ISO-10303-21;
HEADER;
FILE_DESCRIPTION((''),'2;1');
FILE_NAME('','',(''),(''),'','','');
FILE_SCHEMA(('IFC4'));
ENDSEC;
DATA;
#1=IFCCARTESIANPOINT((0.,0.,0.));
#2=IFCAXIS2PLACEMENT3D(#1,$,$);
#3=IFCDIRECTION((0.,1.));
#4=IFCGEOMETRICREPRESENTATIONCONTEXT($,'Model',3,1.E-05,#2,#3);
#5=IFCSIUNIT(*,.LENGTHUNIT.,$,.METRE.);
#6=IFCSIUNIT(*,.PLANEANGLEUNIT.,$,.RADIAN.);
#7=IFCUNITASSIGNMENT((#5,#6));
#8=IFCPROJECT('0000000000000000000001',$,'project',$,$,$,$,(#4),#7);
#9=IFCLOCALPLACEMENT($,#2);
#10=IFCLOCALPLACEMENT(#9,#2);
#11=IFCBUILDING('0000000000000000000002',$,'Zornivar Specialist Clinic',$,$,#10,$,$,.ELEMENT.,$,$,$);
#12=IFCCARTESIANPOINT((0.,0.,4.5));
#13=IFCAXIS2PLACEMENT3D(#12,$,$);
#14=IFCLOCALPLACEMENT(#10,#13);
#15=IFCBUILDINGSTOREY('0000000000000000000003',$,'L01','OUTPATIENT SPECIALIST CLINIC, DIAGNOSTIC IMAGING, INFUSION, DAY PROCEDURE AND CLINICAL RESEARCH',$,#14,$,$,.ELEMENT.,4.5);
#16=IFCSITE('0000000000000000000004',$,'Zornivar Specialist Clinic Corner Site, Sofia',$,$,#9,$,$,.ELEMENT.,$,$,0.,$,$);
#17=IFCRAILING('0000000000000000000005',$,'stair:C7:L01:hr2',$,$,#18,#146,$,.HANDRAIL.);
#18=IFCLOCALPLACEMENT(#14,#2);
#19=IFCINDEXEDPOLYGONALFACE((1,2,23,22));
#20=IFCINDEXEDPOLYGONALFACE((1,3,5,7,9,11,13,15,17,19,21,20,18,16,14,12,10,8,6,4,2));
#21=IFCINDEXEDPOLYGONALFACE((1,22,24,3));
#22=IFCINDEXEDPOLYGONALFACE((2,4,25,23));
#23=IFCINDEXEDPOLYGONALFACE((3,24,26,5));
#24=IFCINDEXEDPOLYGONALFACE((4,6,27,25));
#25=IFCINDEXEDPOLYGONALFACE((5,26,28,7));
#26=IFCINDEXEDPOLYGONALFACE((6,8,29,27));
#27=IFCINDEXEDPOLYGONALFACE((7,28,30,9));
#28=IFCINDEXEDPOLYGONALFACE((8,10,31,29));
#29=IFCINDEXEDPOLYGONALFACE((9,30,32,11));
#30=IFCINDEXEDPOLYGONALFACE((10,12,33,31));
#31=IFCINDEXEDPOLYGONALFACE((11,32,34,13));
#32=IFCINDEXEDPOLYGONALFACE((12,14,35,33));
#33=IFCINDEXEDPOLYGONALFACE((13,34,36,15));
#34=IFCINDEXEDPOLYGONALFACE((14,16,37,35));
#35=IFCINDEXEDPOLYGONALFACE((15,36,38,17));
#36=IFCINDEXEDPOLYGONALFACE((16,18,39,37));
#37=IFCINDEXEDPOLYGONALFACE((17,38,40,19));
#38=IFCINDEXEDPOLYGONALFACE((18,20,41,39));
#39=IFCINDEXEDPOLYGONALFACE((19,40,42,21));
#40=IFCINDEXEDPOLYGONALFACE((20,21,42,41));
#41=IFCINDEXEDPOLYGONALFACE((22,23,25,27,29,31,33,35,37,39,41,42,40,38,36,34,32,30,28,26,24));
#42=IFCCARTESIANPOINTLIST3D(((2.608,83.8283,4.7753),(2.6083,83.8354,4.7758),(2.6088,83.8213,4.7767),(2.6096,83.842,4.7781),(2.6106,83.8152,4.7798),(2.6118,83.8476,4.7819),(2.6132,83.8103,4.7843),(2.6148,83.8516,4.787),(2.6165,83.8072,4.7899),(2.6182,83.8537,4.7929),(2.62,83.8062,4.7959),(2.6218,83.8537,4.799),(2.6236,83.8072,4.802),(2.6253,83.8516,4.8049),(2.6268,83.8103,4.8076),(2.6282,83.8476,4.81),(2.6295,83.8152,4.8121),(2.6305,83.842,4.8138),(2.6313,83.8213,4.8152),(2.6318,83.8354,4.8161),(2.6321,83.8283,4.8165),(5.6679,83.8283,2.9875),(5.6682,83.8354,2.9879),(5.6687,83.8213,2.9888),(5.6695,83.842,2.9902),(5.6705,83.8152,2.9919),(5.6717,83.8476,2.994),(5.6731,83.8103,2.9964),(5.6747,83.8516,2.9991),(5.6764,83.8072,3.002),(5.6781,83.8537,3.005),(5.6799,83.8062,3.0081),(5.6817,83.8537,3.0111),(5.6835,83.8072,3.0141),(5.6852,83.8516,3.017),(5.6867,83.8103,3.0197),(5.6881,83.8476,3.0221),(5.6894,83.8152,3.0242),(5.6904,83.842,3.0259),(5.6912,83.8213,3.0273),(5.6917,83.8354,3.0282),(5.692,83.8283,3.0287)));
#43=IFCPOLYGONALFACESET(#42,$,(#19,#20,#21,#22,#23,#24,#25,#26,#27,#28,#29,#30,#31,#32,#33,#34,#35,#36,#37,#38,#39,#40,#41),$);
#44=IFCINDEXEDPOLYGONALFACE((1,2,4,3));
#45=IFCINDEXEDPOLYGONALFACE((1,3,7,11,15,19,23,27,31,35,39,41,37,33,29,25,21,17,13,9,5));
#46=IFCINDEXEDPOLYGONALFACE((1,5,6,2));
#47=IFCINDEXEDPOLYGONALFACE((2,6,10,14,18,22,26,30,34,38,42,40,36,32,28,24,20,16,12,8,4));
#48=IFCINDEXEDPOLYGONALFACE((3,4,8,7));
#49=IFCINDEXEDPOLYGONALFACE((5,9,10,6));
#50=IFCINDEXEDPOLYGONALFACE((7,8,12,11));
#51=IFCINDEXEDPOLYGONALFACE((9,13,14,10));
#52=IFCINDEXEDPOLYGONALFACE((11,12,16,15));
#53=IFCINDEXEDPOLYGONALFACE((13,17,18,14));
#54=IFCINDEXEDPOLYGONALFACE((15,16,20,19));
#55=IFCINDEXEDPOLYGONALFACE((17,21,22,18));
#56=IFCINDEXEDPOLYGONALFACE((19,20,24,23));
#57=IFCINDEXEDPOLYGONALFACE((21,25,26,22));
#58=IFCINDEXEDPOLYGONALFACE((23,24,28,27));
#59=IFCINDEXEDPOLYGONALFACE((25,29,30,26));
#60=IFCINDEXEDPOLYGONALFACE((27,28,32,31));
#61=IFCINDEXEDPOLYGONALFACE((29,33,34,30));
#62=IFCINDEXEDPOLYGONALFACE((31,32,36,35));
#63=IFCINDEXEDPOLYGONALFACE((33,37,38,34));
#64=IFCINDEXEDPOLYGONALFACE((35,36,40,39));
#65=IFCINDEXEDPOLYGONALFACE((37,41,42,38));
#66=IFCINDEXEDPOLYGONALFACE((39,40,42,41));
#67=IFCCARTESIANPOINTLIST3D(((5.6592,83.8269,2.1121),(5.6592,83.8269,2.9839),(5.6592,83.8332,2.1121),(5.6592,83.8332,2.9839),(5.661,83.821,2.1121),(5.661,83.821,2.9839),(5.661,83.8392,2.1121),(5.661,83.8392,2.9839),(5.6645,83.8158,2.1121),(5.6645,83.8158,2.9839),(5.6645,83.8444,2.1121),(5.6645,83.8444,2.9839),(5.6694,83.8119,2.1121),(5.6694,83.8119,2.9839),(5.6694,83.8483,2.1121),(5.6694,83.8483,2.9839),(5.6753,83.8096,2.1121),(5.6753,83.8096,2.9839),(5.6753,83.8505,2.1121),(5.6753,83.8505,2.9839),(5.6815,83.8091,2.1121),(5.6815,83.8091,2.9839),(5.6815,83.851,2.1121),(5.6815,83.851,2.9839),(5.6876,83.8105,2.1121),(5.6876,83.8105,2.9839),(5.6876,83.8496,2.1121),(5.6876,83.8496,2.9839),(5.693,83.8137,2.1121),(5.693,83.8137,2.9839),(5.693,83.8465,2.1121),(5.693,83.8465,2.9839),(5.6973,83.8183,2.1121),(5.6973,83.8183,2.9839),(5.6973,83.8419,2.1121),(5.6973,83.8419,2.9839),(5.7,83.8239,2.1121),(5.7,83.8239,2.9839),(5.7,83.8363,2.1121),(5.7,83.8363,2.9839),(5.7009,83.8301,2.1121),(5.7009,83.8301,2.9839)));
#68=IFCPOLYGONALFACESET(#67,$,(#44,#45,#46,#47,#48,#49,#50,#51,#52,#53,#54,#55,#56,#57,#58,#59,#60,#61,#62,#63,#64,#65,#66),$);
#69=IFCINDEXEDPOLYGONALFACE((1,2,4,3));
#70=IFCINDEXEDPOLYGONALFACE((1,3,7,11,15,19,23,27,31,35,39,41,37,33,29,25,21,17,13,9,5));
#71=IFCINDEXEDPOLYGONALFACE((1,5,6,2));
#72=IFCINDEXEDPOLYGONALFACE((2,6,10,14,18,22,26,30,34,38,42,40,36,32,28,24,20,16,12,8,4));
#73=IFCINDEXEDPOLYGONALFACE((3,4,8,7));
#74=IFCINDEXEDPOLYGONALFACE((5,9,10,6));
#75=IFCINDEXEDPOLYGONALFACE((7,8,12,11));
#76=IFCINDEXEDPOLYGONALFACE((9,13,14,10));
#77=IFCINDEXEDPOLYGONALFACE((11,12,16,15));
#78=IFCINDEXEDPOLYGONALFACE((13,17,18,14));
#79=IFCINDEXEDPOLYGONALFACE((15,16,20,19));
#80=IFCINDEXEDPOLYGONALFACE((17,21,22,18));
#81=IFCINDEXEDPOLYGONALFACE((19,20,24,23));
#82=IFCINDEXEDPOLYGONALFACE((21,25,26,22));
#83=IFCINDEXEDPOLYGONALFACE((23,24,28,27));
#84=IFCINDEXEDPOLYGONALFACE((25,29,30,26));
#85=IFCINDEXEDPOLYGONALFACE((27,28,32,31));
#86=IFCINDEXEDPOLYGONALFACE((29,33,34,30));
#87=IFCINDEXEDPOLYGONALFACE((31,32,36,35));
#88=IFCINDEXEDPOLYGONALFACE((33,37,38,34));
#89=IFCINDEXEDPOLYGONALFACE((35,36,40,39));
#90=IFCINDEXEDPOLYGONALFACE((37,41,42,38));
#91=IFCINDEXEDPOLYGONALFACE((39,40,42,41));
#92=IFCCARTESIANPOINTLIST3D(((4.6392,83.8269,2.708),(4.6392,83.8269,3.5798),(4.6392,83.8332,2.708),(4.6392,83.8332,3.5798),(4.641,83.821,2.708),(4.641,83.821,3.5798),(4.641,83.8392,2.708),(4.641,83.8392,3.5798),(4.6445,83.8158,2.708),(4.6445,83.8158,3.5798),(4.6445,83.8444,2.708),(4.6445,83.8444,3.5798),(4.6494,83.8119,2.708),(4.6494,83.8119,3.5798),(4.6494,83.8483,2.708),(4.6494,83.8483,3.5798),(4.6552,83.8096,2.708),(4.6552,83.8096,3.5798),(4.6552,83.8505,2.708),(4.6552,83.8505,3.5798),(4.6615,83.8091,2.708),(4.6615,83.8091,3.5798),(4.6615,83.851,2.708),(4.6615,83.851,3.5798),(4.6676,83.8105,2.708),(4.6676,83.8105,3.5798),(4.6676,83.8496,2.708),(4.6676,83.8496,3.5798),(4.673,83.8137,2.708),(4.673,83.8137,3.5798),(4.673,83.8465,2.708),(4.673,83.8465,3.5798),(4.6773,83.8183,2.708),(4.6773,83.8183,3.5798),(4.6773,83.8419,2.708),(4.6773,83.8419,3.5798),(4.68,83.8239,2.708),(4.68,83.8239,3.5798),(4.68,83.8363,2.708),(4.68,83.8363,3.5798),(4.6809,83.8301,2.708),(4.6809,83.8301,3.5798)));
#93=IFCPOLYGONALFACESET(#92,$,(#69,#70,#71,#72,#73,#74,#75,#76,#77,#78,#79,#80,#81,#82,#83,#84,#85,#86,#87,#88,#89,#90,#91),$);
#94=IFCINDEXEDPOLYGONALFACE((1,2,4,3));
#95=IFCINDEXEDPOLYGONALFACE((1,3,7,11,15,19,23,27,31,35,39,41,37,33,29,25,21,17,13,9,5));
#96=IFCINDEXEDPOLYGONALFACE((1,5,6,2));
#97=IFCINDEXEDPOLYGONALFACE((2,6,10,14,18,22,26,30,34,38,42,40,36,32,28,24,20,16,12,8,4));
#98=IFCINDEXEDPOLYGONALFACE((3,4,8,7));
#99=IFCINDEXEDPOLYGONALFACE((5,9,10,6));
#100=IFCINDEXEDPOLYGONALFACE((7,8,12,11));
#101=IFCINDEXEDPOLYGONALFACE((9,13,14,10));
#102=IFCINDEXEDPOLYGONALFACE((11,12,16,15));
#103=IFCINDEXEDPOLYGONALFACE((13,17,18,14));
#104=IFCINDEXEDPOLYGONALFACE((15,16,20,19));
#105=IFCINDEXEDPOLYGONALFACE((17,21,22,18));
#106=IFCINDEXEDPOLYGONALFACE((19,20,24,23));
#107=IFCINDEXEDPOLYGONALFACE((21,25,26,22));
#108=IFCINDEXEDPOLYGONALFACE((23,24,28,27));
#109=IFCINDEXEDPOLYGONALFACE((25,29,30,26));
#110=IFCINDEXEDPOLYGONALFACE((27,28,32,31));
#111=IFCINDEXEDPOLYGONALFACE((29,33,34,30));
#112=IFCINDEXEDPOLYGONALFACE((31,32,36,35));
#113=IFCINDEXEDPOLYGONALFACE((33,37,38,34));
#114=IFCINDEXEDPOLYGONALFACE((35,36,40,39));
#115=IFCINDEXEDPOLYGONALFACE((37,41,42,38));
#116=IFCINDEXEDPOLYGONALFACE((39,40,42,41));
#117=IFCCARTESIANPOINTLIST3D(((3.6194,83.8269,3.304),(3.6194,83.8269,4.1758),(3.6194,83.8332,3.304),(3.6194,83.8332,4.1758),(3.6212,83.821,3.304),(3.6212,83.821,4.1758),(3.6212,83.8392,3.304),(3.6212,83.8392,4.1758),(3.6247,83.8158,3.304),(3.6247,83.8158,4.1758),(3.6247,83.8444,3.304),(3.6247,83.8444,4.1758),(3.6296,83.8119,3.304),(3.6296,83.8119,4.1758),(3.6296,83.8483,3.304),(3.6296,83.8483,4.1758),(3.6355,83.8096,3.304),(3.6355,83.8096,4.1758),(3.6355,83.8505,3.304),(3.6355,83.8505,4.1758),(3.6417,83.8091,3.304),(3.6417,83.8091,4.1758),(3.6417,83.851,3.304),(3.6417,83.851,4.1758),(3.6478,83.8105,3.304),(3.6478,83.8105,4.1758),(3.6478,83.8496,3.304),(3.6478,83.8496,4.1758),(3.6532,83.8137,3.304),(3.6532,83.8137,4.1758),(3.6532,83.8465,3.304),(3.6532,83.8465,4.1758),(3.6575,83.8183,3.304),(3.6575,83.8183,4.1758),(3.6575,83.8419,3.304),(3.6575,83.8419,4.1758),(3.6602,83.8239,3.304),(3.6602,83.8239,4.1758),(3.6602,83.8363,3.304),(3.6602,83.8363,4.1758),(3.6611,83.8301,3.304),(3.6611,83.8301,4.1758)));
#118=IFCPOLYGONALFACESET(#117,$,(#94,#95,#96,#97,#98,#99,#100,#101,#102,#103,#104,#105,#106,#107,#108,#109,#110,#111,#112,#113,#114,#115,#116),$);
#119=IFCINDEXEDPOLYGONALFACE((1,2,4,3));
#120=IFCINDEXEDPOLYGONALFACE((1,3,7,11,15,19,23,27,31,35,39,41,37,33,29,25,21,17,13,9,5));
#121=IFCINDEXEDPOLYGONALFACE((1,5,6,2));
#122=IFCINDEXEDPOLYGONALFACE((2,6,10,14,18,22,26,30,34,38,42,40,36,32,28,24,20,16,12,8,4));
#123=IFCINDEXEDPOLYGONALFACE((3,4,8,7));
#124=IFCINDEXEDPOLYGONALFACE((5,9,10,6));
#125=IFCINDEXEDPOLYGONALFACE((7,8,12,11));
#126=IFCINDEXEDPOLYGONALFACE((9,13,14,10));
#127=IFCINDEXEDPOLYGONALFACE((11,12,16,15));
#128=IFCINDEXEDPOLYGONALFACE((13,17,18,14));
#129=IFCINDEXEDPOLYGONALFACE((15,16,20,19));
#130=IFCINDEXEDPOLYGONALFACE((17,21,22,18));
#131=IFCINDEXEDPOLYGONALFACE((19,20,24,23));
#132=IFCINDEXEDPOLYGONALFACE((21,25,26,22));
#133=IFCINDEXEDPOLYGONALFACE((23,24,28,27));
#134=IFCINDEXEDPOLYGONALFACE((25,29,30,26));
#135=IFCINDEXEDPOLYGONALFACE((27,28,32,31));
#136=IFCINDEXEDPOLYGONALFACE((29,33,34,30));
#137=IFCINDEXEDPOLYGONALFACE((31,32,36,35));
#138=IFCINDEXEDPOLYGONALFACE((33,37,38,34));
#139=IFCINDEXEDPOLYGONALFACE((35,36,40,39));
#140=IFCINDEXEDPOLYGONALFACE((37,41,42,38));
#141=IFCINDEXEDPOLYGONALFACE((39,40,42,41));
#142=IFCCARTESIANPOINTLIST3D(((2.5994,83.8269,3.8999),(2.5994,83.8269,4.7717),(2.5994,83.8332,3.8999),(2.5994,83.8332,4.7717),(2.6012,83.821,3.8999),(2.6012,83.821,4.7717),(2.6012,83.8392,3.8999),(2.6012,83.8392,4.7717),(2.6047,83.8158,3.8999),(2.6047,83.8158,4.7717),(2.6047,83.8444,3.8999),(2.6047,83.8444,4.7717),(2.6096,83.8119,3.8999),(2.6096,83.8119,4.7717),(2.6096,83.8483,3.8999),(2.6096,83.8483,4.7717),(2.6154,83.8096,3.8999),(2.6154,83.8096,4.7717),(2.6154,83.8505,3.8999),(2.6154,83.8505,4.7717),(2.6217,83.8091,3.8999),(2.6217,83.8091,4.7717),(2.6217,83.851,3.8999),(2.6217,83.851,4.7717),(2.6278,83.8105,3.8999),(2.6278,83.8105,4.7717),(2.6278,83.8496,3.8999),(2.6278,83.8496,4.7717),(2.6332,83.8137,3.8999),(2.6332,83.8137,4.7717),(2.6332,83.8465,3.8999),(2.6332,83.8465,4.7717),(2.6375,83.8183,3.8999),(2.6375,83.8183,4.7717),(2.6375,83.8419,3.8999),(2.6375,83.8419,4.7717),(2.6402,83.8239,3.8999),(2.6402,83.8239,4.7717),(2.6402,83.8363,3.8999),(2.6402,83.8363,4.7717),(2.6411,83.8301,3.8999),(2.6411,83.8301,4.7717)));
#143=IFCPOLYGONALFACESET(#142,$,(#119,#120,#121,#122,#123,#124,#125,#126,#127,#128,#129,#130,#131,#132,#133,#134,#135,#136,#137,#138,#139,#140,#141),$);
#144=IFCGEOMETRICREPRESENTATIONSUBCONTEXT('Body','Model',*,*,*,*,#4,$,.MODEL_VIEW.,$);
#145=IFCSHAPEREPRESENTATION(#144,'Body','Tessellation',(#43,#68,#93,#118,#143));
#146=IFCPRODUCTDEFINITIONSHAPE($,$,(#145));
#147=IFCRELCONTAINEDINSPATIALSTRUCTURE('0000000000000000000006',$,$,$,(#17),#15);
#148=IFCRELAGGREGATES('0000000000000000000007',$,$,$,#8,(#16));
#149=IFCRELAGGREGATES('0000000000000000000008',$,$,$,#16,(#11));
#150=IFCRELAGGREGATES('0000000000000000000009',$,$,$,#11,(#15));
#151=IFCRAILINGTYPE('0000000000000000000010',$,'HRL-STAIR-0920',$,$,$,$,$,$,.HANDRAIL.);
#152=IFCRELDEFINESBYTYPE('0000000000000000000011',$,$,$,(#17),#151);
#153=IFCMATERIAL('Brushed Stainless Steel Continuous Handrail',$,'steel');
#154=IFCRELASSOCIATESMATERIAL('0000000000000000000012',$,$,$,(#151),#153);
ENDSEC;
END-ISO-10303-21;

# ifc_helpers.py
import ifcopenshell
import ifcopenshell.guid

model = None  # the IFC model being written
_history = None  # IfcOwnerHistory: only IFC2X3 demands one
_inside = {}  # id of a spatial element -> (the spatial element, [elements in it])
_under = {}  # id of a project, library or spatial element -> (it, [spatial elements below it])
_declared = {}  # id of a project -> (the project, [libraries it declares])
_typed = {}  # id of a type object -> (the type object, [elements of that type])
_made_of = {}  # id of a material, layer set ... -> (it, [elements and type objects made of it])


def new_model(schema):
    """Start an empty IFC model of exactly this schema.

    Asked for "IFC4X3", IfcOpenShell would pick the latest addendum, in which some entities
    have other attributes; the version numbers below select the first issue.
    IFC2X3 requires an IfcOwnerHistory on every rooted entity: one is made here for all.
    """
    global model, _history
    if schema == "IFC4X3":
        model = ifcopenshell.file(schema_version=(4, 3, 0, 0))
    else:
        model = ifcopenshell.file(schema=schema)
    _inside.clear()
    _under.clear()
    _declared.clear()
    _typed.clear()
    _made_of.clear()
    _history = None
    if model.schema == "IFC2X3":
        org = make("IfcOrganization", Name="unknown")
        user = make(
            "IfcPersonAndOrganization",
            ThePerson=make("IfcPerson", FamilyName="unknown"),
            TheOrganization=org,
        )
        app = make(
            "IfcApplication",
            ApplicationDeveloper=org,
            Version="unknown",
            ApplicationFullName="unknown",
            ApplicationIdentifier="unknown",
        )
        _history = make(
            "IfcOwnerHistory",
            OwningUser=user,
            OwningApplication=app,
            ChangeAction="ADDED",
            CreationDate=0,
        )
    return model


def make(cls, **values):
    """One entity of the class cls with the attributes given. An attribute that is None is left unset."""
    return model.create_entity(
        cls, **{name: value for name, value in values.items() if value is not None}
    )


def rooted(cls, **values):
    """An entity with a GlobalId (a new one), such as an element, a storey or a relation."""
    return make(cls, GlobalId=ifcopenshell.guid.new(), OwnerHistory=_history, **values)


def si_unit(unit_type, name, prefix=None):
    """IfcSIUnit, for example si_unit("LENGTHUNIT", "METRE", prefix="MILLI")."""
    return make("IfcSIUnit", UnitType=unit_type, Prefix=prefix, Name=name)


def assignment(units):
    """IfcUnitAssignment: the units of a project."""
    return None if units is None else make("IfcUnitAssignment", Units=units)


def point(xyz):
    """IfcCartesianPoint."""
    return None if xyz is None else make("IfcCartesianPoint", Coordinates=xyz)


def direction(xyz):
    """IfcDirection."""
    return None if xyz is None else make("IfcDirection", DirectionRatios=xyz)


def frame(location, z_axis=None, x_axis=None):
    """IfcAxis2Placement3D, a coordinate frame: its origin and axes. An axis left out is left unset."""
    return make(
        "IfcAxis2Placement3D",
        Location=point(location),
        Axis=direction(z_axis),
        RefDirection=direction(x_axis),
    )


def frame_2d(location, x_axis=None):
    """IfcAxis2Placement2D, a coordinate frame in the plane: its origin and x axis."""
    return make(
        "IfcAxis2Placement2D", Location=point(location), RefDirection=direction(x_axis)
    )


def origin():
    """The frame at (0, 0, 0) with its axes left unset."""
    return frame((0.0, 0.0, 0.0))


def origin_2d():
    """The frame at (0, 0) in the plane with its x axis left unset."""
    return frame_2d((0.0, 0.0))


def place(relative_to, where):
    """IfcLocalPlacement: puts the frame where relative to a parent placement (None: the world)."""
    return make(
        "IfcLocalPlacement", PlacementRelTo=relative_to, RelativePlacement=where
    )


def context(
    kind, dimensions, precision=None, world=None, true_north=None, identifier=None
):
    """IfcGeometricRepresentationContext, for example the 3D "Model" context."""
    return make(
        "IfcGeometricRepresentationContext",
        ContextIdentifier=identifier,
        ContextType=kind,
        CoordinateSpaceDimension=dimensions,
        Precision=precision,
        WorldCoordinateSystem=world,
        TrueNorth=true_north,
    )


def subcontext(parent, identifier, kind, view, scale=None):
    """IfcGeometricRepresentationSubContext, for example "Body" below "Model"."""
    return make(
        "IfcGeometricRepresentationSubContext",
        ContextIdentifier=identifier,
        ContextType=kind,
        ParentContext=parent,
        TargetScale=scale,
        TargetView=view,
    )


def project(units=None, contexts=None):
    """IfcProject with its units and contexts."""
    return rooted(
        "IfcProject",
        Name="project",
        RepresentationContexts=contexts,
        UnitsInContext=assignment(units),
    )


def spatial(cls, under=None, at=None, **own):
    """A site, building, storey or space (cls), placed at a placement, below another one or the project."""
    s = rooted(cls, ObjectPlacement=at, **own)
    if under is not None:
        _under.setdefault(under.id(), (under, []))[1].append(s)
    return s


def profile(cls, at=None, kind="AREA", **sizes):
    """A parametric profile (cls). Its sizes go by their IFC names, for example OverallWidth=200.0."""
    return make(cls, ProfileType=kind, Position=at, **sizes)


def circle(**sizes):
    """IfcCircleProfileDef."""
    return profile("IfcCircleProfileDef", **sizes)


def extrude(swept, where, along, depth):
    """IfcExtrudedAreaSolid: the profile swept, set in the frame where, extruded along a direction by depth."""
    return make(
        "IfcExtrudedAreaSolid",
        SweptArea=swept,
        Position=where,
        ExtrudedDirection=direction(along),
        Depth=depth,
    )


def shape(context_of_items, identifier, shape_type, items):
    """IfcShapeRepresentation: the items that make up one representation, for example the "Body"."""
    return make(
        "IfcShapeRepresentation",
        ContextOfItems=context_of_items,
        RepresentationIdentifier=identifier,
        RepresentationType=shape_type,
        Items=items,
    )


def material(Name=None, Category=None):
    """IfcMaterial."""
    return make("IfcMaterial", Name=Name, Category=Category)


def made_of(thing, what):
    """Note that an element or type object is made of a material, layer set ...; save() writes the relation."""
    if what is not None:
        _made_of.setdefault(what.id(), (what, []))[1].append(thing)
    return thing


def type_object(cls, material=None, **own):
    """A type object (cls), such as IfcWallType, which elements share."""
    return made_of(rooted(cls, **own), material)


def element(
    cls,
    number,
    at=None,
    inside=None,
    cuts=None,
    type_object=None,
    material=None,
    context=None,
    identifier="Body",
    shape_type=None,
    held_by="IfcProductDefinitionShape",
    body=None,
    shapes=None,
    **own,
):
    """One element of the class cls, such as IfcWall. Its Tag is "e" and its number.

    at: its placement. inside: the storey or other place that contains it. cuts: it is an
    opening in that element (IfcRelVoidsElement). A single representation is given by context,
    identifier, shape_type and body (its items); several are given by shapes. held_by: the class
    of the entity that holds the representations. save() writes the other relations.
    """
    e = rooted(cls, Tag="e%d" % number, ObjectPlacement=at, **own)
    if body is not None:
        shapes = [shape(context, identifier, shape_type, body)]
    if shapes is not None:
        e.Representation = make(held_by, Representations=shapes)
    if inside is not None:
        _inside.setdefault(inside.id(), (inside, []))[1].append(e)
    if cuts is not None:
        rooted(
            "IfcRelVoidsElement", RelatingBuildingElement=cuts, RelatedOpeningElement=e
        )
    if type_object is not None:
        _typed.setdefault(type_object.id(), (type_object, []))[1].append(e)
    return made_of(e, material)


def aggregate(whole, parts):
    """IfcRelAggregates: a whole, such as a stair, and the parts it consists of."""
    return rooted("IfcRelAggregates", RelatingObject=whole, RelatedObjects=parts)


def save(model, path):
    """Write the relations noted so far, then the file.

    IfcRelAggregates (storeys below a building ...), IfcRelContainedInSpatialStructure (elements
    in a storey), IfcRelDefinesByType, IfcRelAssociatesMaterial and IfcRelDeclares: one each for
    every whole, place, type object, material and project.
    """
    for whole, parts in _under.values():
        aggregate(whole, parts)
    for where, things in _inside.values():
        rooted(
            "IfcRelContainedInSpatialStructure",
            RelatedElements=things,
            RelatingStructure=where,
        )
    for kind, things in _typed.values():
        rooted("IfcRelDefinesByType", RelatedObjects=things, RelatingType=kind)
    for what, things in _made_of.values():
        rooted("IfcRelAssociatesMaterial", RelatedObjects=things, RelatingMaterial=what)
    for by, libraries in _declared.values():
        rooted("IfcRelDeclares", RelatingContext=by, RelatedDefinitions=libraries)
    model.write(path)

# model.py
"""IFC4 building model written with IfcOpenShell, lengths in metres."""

from ifc_helpers import new_model, si_unit, direction, frame, origin, origin_2d, place, context, subcontext, project, spatial, circle, extrude, material, type_object, element, save


model = new_model("IFC4")

# Units and contexts
model_context = context("Model", 3, precision=1e-05, world=origin(), true_north=direction((0.0, 1.0)))
body_context = subcontext(model_context, "Body", "Model", "MODEL_VIEW")
ifc_project = project(units=[si_unit("LENGTHUNIT", "METRE"), si_unit("PLANEANGLEUNIT", "RADIAN")], contexts=[model_context])

# Site, building, storey
site_placement = place(None, origin())
site = spatial("IfcSite", under=ifc_project, at=site_placement, Name="Zornivar Specialist Clinic Corner Site, Sofia", CompositionType="ELEMENT", RefElevation=0.0)
building_placement = place(site_placement, origin())
building = spatial("IfcBuilding", under=site, at=building_placement, Name="Zornivar Specialist Clinic", CompositionType="ELEMENT")
storey_placement = place(building_placement, frame((0.0, 0.0, 4.5)))
storey = spatial("IfcBuildingStorey", under=building, at=storey_placement, Name="L01", Description="OUTPATIENT SPECIALIST CLINIC, DIAGNOSTIC IMAGING, INFUSION, DAY PROCEDURE AND CLINICAL RESEARCH", CompositionType="ELEMENT", Elevation=4.5)

# Railing
ifc_material_1 = material(Name="Brushed Stainless Steel Continuous Handrail", Category="steel")
railing_type_1 = type_object("IfcRailingType", Name="HRL-STAIR-0920", PredefinedType="HANDRAIL", material=ifc_material_1)
railing_1_placement = place(storey_placement, frame((5.6799, 83.8301, 2.1121)))
element("IfcRailing", 1, at=railing_1_placement, inside=storey, type_object=railing_type_1, Name="stair:C7:L01:hr2", PredefinedType="HANDRAIL", context=body_context, shape_type="SweptSolid", body=[
    extrude(circle(Radius=0.0239, at=origin_2d()), frame((0.0, 0.0, 0.896), z_axis=(-0.863416, 0.0, 0.504492), x_axis=(0.0, -1.0, 0.0)), (0.0, 0.0, 1.0), 3.5439),
    extrude(circle(Radius=0.021, at=origin_2d()), origin(), (0.0, 0.0, 1.0), 0.8718),
    extrude(circle(Radius=0.021, at=origin_2d()), frame((-1.02, 0.0, 0.5959)), (0.0, 0.0, 1.0), 0.8718),
    extrude(circle(Radius=0.021, at=origin_2d()), frame((-2.0398, 0.0, 1.1919)), (0.0, 0.0, 1.0), 0.8718),
    extrude(circle(Radius=0.021, at=origin_2d()), frame((-3.0598, 0.0, 1.7878)), (0.0, 0.0, 1.0), 0.8718),
])

save(model, "model.ifc")
